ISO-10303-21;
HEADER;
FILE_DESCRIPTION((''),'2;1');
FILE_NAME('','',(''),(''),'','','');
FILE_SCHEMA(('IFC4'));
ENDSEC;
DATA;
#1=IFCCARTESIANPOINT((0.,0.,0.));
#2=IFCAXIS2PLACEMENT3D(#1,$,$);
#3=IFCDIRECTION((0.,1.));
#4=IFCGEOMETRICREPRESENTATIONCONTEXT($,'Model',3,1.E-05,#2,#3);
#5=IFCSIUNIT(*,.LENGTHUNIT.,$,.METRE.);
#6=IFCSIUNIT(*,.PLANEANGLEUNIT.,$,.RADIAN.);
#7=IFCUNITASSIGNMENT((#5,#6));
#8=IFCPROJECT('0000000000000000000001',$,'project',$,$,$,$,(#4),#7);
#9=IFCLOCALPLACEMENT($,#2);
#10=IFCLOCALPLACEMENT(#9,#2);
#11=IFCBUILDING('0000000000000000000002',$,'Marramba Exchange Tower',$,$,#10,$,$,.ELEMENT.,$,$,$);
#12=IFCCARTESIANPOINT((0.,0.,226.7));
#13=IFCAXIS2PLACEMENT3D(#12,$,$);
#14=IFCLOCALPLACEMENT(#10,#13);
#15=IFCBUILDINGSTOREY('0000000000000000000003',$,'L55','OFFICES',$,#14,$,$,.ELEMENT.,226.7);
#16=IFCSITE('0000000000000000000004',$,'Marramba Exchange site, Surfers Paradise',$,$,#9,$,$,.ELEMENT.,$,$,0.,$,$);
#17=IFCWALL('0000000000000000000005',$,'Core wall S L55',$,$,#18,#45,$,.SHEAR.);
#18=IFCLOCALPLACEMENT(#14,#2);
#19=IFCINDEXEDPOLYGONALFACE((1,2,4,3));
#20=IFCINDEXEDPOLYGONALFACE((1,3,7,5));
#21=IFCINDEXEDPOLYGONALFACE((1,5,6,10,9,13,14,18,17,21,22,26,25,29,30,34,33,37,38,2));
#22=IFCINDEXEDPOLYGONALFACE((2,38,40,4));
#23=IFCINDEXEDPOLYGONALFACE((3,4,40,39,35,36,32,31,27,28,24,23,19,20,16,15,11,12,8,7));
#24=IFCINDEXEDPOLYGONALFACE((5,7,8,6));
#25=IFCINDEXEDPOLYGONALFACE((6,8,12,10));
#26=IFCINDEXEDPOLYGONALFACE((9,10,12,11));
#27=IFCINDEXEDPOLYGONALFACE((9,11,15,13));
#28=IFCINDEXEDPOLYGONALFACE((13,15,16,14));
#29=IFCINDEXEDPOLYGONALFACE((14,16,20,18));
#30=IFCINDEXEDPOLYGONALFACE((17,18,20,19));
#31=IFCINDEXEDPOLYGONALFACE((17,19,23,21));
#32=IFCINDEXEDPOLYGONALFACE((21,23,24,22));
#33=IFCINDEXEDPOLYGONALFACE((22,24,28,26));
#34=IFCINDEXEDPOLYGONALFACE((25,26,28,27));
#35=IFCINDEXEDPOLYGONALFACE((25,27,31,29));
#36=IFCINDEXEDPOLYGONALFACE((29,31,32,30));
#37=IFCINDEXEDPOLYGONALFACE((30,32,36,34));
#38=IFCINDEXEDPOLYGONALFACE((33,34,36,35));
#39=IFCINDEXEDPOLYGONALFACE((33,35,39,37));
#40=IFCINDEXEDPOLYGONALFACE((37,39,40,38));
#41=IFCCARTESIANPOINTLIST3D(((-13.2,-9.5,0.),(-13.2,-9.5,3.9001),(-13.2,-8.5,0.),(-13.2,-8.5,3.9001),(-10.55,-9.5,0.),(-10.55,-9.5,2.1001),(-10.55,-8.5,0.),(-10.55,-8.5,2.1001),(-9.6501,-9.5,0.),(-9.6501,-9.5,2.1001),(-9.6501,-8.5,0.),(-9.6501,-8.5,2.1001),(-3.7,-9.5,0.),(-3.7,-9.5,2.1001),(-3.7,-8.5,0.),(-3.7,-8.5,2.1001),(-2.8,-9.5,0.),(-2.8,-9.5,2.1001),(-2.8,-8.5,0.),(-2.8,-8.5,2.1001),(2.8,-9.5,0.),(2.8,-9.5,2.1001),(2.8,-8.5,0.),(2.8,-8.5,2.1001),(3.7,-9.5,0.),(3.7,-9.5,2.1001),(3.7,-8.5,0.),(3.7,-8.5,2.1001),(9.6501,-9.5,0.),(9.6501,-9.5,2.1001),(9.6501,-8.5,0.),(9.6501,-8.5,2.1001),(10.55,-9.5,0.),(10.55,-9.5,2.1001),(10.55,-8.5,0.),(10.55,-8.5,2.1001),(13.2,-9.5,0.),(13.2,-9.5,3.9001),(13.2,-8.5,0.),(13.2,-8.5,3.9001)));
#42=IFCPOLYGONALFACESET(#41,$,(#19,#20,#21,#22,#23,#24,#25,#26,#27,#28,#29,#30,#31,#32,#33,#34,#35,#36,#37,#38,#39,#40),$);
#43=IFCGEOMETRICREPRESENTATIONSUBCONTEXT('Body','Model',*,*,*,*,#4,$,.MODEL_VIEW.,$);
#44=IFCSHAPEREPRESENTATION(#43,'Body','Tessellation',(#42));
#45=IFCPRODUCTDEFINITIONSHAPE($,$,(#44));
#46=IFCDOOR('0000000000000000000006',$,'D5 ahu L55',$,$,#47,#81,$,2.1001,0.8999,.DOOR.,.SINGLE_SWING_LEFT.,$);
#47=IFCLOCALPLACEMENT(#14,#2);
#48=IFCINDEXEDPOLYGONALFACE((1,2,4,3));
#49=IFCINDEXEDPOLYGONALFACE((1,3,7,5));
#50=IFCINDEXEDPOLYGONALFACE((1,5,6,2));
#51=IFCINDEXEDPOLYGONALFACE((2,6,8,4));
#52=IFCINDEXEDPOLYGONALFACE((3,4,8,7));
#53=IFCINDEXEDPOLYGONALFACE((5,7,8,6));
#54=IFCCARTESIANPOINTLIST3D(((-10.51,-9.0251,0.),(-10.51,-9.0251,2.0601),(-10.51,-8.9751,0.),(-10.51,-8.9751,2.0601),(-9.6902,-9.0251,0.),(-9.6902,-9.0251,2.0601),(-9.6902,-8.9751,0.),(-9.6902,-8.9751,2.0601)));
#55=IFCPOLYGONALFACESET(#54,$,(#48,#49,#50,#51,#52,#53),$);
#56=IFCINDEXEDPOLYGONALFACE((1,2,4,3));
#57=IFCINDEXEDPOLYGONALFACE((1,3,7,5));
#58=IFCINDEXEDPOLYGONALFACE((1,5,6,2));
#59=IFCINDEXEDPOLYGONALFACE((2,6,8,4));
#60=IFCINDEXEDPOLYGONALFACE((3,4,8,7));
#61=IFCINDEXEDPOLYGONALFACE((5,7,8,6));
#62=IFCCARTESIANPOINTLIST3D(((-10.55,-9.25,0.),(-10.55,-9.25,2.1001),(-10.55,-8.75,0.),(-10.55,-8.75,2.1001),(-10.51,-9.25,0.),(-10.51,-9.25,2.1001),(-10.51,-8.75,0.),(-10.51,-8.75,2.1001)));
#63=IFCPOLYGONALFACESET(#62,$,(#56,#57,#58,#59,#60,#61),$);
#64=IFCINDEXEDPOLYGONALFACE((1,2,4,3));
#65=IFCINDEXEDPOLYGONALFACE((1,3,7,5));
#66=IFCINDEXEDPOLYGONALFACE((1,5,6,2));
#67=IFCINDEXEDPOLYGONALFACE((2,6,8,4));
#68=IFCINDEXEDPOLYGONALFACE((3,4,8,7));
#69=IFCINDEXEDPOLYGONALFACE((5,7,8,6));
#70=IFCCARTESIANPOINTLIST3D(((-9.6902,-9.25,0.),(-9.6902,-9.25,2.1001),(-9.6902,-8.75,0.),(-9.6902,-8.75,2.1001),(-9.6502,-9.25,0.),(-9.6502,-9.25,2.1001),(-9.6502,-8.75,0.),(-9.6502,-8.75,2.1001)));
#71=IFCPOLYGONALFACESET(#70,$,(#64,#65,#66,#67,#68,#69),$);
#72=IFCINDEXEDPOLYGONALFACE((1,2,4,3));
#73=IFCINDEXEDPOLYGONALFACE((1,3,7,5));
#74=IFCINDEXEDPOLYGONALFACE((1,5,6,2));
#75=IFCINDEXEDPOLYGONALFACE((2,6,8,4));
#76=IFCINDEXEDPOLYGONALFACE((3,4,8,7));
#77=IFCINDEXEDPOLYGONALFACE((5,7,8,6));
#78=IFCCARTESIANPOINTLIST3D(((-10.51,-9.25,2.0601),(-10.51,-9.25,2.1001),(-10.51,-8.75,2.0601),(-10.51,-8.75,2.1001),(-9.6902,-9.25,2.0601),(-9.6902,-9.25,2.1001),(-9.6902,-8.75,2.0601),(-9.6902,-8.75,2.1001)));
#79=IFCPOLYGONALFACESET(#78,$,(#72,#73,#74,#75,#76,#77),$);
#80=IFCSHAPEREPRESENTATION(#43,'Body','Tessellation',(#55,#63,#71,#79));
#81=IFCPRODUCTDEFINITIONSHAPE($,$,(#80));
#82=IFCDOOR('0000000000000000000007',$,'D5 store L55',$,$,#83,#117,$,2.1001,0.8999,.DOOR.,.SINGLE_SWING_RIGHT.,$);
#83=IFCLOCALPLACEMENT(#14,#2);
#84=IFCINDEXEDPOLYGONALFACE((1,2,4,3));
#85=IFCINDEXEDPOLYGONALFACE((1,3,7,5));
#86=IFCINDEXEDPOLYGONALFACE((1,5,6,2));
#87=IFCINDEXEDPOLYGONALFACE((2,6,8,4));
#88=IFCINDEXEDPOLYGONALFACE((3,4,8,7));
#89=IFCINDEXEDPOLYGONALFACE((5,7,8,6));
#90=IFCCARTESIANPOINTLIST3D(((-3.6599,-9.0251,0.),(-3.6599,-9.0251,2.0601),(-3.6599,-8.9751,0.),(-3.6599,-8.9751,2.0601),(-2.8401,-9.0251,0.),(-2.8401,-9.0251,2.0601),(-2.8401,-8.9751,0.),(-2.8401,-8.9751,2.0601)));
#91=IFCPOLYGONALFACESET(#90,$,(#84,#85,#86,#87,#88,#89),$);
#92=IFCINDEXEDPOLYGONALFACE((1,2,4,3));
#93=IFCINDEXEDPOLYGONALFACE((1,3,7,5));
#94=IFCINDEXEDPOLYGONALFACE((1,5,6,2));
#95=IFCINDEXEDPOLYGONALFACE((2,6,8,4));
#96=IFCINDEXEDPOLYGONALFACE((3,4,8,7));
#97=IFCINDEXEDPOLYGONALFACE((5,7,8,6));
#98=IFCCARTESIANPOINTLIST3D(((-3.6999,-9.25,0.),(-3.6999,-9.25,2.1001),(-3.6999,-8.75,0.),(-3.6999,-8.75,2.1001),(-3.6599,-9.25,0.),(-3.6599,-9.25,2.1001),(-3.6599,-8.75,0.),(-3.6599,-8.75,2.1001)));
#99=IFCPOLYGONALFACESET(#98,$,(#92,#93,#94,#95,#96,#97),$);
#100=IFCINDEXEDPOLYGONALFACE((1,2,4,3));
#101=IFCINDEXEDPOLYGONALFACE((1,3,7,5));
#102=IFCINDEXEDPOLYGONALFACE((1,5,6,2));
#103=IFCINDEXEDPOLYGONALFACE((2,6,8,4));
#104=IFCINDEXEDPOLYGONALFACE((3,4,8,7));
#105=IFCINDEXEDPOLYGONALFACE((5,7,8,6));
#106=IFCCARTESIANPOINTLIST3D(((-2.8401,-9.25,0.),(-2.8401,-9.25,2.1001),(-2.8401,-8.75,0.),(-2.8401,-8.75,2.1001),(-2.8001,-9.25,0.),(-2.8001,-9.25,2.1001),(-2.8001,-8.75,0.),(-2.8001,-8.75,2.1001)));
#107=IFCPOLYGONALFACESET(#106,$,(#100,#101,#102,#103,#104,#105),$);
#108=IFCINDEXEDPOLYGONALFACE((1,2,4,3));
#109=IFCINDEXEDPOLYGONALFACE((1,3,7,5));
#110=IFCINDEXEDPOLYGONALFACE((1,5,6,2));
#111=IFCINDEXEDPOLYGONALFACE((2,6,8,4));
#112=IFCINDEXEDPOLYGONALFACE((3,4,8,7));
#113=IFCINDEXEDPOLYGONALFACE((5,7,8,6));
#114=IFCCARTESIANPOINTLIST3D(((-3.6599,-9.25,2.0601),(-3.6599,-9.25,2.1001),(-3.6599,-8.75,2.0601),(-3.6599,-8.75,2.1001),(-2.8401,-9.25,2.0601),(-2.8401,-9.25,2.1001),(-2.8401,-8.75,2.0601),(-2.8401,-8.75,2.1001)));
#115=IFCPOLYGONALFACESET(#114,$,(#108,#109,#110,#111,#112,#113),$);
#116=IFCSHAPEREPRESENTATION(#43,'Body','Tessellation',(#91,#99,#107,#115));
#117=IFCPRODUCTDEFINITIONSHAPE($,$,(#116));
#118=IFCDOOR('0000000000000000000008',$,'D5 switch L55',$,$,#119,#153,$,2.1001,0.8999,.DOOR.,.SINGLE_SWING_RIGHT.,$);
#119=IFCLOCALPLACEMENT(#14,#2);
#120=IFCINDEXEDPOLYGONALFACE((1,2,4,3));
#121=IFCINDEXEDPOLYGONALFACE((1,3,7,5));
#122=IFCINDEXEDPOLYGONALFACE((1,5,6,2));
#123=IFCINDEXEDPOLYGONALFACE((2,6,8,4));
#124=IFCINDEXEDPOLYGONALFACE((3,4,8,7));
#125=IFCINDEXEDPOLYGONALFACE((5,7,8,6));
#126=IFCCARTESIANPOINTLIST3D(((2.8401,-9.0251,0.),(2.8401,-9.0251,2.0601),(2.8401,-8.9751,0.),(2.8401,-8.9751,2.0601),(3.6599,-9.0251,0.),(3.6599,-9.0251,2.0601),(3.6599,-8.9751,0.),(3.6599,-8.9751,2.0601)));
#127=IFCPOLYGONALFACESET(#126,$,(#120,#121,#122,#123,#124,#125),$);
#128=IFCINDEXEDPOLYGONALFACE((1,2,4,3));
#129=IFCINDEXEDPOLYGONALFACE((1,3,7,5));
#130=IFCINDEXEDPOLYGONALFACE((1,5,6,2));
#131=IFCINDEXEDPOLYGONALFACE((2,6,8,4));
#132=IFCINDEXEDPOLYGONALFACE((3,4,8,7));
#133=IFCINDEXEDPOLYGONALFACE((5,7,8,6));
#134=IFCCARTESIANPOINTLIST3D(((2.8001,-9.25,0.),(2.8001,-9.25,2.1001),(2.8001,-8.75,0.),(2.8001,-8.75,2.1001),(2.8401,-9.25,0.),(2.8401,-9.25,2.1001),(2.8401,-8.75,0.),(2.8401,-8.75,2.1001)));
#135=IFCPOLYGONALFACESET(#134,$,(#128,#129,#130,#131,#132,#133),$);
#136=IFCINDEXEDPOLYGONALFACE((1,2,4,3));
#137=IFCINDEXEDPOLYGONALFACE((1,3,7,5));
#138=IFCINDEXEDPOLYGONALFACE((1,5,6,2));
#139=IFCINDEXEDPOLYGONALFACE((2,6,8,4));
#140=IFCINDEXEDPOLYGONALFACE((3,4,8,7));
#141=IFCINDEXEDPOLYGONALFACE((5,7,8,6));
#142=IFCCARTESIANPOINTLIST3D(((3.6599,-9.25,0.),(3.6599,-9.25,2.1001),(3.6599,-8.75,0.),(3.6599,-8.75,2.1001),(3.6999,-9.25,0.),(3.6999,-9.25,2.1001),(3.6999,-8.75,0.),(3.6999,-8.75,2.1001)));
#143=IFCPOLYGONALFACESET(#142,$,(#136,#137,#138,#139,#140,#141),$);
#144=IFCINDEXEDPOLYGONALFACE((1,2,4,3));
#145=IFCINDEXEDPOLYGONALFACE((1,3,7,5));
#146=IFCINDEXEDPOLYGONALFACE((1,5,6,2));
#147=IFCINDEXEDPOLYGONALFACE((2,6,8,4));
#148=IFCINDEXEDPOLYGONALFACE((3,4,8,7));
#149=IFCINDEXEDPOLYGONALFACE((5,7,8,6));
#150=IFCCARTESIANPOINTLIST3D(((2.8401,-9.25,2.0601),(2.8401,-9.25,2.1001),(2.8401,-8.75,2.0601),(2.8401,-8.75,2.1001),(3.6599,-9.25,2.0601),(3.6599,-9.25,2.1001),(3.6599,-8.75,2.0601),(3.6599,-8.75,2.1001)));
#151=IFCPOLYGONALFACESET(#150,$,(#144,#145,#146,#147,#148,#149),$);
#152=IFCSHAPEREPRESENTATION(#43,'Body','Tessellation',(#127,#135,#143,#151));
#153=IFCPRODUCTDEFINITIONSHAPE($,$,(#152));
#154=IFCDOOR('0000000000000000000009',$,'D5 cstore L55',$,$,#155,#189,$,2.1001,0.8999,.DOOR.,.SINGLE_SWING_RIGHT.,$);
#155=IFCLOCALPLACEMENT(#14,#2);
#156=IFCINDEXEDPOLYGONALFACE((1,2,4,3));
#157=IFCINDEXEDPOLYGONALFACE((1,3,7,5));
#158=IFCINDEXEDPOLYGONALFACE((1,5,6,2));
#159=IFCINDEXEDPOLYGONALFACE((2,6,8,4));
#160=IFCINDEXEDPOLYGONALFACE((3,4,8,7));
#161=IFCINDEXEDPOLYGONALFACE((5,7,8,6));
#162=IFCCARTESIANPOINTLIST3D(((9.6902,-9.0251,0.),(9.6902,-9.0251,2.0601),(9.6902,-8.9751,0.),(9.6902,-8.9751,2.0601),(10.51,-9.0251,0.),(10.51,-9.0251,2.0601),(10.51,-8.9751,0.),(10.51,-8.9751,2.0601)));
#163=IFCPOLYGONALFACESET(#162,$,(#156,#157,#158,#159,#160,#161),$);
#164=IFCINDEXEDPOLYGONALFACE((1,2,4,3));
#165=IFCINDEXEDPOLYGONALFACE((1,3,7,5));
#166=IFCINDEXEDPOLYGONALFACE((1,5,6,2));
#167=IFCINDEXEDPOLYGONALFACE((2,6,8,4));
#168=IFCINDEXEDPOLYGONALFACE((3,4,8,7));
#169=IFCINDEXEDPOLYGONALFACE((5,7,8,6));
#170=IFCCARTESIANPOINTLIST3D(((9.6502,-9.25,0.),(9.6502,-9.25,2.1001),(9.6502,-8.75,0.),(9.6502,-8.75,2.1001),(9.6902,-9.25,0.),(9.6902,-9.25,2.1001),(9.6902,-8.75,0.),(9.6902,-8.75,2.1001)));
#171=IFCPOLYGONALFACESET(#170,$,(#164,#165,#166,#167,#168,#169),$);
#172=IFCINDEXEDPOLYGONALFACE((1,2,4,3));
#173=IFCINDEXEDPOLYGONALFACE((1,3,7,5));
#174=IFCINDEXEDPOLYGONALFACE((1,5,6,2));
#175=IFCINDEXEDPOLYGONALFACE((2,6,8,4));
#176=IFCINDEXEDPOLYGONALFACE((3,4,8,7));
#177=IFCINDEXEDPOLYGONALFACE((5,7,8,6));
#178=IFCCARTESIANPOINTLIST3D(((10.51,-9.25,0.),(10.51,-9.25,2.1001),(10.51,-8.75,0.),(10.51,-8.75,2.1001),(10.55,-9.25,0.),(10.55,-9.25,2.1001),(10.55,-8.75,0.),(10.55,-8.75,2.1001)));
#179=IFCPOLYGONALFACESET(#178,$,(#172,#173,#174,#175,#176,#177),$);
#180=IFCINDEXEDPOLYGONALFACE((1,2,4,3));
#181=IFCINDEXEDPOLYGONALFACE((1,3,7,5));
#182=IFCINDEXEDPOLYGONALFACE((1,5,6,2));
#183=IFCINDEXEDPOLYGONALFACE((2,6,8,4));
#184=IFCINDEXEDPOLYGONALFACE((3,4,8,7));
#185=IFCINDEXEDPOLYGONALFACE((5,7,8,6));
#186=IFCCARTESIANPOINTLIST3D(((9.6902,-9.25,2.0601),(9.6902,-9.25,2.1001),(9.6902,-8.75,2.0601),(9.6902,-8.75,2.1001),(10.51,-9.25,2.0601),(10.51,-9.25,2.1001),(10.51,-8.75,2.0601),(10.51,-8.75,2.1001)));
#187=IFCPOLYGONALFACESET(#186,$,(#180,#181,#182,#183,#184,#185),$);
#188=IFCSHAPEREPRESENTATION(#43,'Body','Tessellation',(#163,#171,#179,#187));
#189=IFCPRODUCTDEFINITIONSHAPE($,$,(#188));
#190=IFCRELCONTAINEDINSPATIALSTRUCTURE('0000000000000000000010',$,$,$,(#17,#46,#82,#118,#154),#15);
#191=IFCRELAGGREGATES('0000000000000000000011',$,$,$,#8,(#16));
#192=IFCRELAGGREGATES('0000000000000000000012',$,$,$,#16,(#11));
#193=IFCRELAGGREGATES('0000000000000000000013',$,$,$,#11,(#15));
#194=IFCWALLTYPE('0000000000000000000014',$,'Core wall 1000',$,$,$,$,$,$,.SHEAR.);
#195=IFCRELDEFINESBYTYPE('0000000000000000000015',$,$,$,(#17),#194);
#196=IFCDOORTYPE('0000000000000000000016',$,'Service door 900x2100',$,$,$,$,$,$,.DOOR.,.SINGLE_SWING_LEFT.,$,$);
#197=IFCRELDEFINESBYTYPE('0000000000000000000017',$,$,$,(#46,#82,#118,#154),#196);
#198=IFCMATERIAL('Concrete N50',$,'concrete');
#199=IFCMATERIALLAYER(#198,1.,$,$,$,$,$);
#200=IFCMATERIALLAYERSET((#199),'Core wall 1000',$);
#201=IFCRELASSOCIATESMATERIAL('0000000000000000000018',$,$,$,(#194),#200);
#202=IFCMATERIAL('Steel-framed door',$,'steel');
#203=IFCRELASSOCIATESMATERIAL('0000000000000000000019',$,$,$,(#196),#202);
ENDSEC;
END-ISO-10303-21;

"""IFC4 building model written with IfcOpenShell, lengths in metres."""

from ifc_helpers import new_model, si_unit, direction, frame, frame_2d, origin, place, context, subcontext, project, spatial, rectangle, extrude, material, layer, layer_set, type_object, element, fill, save


model = new_model("IFC4")

# Units and contexts
model_context = context("Model", 3, precision=1e-05, world=origin(), true_north=direction((0.0, 1.0)))
body_context = subcontext(model_context, "Body", "Model", "MODEL_VIEW")
ifc_project = project(units=[si_unit("LENGTHUNIT", "METRE"), si_unit("PLANEANGLEUNIT", "RADIAN")], contexts=[model_context])

# Site, building, storey
site_placement = place(None, origin())
site = spatial("IfcSite", under=ifc_project, at=site_placement, Name="Marramba Exchange site, Surfers Paradise", CompositionType="ELEMENT", RefElevation=0.0)
building_placement = place(site_placement, origin())
building = spatial("IfcBuilding", under=site, at=building_placement, Name="Marramba Exchange Tower", CompositionType="ELEMENT")
storey_placement = place(building_placement, frame((0.0, 0.0, 226.7)))
storey = spatial("IfcBuildingStorey", under=building, at=storey_placement, Name="L55", Description="OFFICES", CompositionType="ELEMENT", Elevation=226.7)

# Shared definitions
ifc_material_1 = material(Name="Concrete N50", Category="concrete")

# Wall, openings, doors
ifc_layer_1 = layer(ifc_material_1, 1.0)
ifc_layer_set_1 = layer_set([ifc_layer_1], Name="Core wall 1000")
wall_type_1 = type_object("IfcWallType", Name="Core wall 1000", PredefinedType="SHEAR", material=ifc_layer_set_1)
wall_1_placement = place(storey_placement, frame((-13.2, -9.0, 0.0), z_axis=(0.0, 0.0, 1.0), x_axis=(1.0, 0.0, 0.0)))
wall_1 = element("IfcWall", 1, at=wall_1_placement, inside=storey, type_object=wall_type_1, Name="Core wall S L55", PredefinedType="SHEAR", context=body_context, shape_type="SweptSolid", body=[
    extrude(rectangle(XDim=26.3999, YDim=1.0, at=frame_2d((13.2, 0.0))), origin(), (0.0, 0.0, 1.0), 3.9001),
])
opening_1_placement = place(wall_1_placement, frame((2.6499, 0.0, 0.0)))
opening_1 = element("IfcOpeningElement", 2, at=opening_1_placement, cuts=wall_1, PredefinedType="OPENING", context=body_context, shape_type="SweptSolid", body=[
    extrude(rectangle(XDim=0.8999, YDim=2.1001, at=frame_2d((0.45, 1.05))), frame((0.0, 0.51, 0.0), z_axis=(0.0, -1.0, 0.0), x_axis=(1.0, 0.0, 0.0)), (0.0, 0.0, 1.0), 1.02),
])
opening_2_placement = place(wall_1_placement, frame((9.5, 0.0, 0.0)))
opening_2 = element("IfcOpeningElement", 3, at=opening_2_placement, cuts=wall_1, PredefinedType="OPENING", context=body_context, shape_type="SweptSolid", body=[
    extrude(rectangle(XDim=0.8999, YDim=2.1001, at=frame_2d((0.45, 1.05))), frame((0.0, 0.51, 0.0), z_axis=(0.0, -1.0, 0.0), x_axis=(1.0, 0.0, 0.0)), (0.0, 0.0, 1.0), 1.02),
])
opening_3_placement = place(wall_1_placement, frame((16.0, 0.0, 0.0)))
opening_3 = element("IfcOpeningElement", 4, at=opening_3_placement, cuts=wall_1, PredefinedType="OPENING", context=body_context, shape_type="SweptSolid", body=[
    extrude(rectangle(XDim=0.8999, YDim=2.1001, at=frame_2d((0.45, 1.05))), frame((0.0, 0.51, 0.0), z_axis=(0.0, -1.0, 0.0), x_axis=(1.0, 0.0, 0.0)), (0.0, 0.0, 1.0), 1.02),
])
opening_4_placement = place(wall_1_placement, frame((22.8501, 0.0, 0.0)))
opening_4 = element("IfcOpeningElement", 5, at=opening_4_placement, cuts=wall_1, PredefinedType="OPENING", context=body_context, shape_type="SweptSolid", body=[
    extrude(rectangle(XDim=0.8999, YDim=2.1001, at=frame_2d((0.45, 1.05))), frame((0.0, 0.51, 0.0), z_axis=(0.0, -1.0, 0.0), x_axis=(1.0, 0.0, 0.0)), (0.0, 0.0, 1.0), 1.02),
])
ifc_material_2 = material(Name="Steel-framed door", Category="steel")
door_type = type_object("IfcDoorType", Name="Service door 900x2100", OperationType="SINGLE_SWING_LEFT", PredefinedType="DOOR", material=ifc_material_2)
door_1_placement = place(opening_1_placement, origin())
door_1 = element("IfcDoor", 6, at=door_1_placement, inside=storey, type_object=door_type, Name="D5 ahu L55", OperationType="SINGLE_SWING_LEFT", OverallHeight=2.1001, OverallWidth=0.8999, PredefinedType="DOOR", context=body_context, shape_type="SweptSolid", body=[
    extrude(rectangle(XDim=0.8198, YDim=2.0601, at=frame_2d((0.45, 1.03))), frame((0.0, 0.0249, 0.0), z_axis=(0.0, -1.0, 0.0), x_axis=(1.0, 0.0, 0.0)), (0.0, 0.0, 1.0), 0.05),
    extrude(rectangle(XDim=0.04, YDim=2.1001, at=frame_2d((0.02, 1.05))), frame((0.0, 0.25, 0.0), z_axis=(0.0, -1.0, 0.0), x_axis=(1.0, 0.0, 0.0)), (0.0, 0.0, 1.0), 0.5),
    extrude(rectangle(XDim=0.04, YDim=2.1001, at=frame_2d((0.8799, 1.05))), frame((0.0, 0.25, 0.0), z_axis=(0.0, -1.0, 0.0), x_axis=(1.0, 0.0, 0.0)), (0.0, 0.0, 1.0), 0.5),
    extrude(rectangle(XDim=0.8198, YDim=0.04, at=frame_2d((0.45, 2.0801))), frame((0.0, 0.25, 0.0), z_axis=(0.0, -1.0, 0.0), x_axis=(1.0, 0.0, 0.0)), (0.0, 0.0, 1.0), 0.5),
])
fill(opening_1, door_1)
door_2_placement = place(opening_2_placement, origin())
door_2 = element("IfcDoor", 7, at=door_2_placement, inside=storey, type_object=door_type, Name="D5 store L55", OperationType="SINGLE_SWING_RIGHT", OverallHeight=2.1001, OverallWidth=0.8999, PredefinedType="DOOR", context=body_context, shape_type="SweptSolid", body=[
    extrude(rectangle(XDim=0.8198, YDim=2.0601, at=frame_2d((0.45, 1.03))), frame((0.0, 0.0249, 0.0), z_axis=(0.0, -1.0, 0.0), x_axis=(1.0, 0.0, 0.0)), (0.0, 0.0, 1.0), 0.05),
    extrude(rectangle(XDim=0.04, YDim=2.1001, at=frame_2d((0.02, 1.05))), frame((0.0, 0.25, 0.0), z_axis=(0.0, -1.0, 0.0), x_axis=(1.0, 0.0, 0.0)), (0.0, 0.0, 1.0), 0.5),
    extrude(rectangle(XDim=0.04, YDim=2.1001, at=frame_2d((0.8799, 1.05))), frame((0.0, 0.25, 0.0), z_axis=(0.0, -1.0, 0.0), x_axis=(1.0, 0.0, 0.0)), (0.0, 0.0, 1.0), 0.5),
    extrude(rectangle(XDim=0.8198, YDim=0.04, at=frame_2d((0.45, 2.0801))), frame((0.0, 0.25, 0.0), z_axis=(0.0, -1.0, 0.0), x_axis=(1.0, 0.0, 0.0)), (0.0, 0.0, 1.0), 0.5),
])
fill(opening_2, door_2)
door_3_placement = place(opening_3_placement, origin())
door_3 = element("IfcDoor", 8, at=door_3_placement, inside=storey, type_object=door_type, Name="D5 switch L55", OperationType="SINGLE_SWING_RIGHT", OverallHeight=2.1001, OverallWidth=0.8999, PredefinedType="DOOR", context=body_context, shape_type="SweptSolid", body=[
    extrude(rectangle(XDim=0.8198, YDim=2.0601, at=frame_2d((0.45, 1.03))), frame((0.0, 0.0249, 0.0), z_axis=(0.0, -1.0, 0.0), x_axis=(1.0, 0.0, 0.0)), (0.0, 0.0, 1.0), 0.05),
    extrude(rectangle(XDim=0.04, YDim=2.1001, at=frame_2d((0.02, 1.05))), frame((0.0, 0.25, 0.0), z_axis=(0.0, -1.0, 0.0), x_axis=(1.0, 0.0, 0.0)), (0.0, 0.0, 1.0), 0.5),
    extrude(rectangle(XDim=0.04, YDim=2.1001, at=frame_2d((0.8799, 1.05))), frame((0.0, 0.25, 0.0), z_axis=(0.0, -1.0, 0.0), x_axis=(1.0, 0.0, 0.0)), (0.0, 0.0, 1.0), 0.5),
    extrude(rectangle(XDim=0.8198, YDim=0.04, at=frame_2d((0.45, 2.0801))), frame((0.0, 0.25, 0.0), z_axis=(0.0, -1.0, 0.0), x_axis=(1.0, 0.0, 0.0)), (0.0, 0.0, 1.0), 0.5),
])
fill(opening_3, door_3)
door_4_placement = place(opening_4_placement, origin())
door_4 = element("IfcDoor", 9, at=door_4_placement, inside=storey, type_object=door_type, Name="D5 cstore L55", OperationType="SINGLE_SWING_RIGHT", OverallHeight=2.1001, OverallWidth=0.8999, PredefinedType="DOOR", context=body_context, shape_type="SweptSolid", body=[
    extrude(rectangle(XDim=0.8198, YDim=2.0601, at=frame_2d((0.45, 1.03))), frame((0.0, 0.0249, 0.0), z_axis=(0.0, -1.0, 0.0), x_axis=(1.0, 0.0, 0.0)), (0.0, 0.0, 1.0), 0.05),
    extrude(rectangle(XDim=0.04, YDim=2.1001, at=frame_2d((0.02, 1.05))), frame((0.0, 0.25, 0.0), z_axis=(0.0, -1.0, 0.0), x_axis=(1.0, 0.0, 0.0)), (0.0, 0.0, 1.0), 0.5),
    extrude(rectangle(XDim=0.04, YDim=2.1001, at=frame_2d((0.8799, 1.05))), frame((0.0, 0.25, 0.0), z_axis=(0.0, -1.0, 0.0), x_axis=(1.0, 0.0, 0.0)), (0.0, 0.0, 1.0), 0.5),
    extrude(rectangle(XDim=0.8198, YDim=0.04, at=frame_2d((0.45, 2.0801))), frame((0.0, 0.25, 0.0), z_axis=(0.0, -1.0, 0.0), x_axis=(1.0, 0.0, 0.0)), (0.0, 0.0, 1.0), 0.5),
])
fill(opening_4, door_4)

save(model, "model.ifc")
